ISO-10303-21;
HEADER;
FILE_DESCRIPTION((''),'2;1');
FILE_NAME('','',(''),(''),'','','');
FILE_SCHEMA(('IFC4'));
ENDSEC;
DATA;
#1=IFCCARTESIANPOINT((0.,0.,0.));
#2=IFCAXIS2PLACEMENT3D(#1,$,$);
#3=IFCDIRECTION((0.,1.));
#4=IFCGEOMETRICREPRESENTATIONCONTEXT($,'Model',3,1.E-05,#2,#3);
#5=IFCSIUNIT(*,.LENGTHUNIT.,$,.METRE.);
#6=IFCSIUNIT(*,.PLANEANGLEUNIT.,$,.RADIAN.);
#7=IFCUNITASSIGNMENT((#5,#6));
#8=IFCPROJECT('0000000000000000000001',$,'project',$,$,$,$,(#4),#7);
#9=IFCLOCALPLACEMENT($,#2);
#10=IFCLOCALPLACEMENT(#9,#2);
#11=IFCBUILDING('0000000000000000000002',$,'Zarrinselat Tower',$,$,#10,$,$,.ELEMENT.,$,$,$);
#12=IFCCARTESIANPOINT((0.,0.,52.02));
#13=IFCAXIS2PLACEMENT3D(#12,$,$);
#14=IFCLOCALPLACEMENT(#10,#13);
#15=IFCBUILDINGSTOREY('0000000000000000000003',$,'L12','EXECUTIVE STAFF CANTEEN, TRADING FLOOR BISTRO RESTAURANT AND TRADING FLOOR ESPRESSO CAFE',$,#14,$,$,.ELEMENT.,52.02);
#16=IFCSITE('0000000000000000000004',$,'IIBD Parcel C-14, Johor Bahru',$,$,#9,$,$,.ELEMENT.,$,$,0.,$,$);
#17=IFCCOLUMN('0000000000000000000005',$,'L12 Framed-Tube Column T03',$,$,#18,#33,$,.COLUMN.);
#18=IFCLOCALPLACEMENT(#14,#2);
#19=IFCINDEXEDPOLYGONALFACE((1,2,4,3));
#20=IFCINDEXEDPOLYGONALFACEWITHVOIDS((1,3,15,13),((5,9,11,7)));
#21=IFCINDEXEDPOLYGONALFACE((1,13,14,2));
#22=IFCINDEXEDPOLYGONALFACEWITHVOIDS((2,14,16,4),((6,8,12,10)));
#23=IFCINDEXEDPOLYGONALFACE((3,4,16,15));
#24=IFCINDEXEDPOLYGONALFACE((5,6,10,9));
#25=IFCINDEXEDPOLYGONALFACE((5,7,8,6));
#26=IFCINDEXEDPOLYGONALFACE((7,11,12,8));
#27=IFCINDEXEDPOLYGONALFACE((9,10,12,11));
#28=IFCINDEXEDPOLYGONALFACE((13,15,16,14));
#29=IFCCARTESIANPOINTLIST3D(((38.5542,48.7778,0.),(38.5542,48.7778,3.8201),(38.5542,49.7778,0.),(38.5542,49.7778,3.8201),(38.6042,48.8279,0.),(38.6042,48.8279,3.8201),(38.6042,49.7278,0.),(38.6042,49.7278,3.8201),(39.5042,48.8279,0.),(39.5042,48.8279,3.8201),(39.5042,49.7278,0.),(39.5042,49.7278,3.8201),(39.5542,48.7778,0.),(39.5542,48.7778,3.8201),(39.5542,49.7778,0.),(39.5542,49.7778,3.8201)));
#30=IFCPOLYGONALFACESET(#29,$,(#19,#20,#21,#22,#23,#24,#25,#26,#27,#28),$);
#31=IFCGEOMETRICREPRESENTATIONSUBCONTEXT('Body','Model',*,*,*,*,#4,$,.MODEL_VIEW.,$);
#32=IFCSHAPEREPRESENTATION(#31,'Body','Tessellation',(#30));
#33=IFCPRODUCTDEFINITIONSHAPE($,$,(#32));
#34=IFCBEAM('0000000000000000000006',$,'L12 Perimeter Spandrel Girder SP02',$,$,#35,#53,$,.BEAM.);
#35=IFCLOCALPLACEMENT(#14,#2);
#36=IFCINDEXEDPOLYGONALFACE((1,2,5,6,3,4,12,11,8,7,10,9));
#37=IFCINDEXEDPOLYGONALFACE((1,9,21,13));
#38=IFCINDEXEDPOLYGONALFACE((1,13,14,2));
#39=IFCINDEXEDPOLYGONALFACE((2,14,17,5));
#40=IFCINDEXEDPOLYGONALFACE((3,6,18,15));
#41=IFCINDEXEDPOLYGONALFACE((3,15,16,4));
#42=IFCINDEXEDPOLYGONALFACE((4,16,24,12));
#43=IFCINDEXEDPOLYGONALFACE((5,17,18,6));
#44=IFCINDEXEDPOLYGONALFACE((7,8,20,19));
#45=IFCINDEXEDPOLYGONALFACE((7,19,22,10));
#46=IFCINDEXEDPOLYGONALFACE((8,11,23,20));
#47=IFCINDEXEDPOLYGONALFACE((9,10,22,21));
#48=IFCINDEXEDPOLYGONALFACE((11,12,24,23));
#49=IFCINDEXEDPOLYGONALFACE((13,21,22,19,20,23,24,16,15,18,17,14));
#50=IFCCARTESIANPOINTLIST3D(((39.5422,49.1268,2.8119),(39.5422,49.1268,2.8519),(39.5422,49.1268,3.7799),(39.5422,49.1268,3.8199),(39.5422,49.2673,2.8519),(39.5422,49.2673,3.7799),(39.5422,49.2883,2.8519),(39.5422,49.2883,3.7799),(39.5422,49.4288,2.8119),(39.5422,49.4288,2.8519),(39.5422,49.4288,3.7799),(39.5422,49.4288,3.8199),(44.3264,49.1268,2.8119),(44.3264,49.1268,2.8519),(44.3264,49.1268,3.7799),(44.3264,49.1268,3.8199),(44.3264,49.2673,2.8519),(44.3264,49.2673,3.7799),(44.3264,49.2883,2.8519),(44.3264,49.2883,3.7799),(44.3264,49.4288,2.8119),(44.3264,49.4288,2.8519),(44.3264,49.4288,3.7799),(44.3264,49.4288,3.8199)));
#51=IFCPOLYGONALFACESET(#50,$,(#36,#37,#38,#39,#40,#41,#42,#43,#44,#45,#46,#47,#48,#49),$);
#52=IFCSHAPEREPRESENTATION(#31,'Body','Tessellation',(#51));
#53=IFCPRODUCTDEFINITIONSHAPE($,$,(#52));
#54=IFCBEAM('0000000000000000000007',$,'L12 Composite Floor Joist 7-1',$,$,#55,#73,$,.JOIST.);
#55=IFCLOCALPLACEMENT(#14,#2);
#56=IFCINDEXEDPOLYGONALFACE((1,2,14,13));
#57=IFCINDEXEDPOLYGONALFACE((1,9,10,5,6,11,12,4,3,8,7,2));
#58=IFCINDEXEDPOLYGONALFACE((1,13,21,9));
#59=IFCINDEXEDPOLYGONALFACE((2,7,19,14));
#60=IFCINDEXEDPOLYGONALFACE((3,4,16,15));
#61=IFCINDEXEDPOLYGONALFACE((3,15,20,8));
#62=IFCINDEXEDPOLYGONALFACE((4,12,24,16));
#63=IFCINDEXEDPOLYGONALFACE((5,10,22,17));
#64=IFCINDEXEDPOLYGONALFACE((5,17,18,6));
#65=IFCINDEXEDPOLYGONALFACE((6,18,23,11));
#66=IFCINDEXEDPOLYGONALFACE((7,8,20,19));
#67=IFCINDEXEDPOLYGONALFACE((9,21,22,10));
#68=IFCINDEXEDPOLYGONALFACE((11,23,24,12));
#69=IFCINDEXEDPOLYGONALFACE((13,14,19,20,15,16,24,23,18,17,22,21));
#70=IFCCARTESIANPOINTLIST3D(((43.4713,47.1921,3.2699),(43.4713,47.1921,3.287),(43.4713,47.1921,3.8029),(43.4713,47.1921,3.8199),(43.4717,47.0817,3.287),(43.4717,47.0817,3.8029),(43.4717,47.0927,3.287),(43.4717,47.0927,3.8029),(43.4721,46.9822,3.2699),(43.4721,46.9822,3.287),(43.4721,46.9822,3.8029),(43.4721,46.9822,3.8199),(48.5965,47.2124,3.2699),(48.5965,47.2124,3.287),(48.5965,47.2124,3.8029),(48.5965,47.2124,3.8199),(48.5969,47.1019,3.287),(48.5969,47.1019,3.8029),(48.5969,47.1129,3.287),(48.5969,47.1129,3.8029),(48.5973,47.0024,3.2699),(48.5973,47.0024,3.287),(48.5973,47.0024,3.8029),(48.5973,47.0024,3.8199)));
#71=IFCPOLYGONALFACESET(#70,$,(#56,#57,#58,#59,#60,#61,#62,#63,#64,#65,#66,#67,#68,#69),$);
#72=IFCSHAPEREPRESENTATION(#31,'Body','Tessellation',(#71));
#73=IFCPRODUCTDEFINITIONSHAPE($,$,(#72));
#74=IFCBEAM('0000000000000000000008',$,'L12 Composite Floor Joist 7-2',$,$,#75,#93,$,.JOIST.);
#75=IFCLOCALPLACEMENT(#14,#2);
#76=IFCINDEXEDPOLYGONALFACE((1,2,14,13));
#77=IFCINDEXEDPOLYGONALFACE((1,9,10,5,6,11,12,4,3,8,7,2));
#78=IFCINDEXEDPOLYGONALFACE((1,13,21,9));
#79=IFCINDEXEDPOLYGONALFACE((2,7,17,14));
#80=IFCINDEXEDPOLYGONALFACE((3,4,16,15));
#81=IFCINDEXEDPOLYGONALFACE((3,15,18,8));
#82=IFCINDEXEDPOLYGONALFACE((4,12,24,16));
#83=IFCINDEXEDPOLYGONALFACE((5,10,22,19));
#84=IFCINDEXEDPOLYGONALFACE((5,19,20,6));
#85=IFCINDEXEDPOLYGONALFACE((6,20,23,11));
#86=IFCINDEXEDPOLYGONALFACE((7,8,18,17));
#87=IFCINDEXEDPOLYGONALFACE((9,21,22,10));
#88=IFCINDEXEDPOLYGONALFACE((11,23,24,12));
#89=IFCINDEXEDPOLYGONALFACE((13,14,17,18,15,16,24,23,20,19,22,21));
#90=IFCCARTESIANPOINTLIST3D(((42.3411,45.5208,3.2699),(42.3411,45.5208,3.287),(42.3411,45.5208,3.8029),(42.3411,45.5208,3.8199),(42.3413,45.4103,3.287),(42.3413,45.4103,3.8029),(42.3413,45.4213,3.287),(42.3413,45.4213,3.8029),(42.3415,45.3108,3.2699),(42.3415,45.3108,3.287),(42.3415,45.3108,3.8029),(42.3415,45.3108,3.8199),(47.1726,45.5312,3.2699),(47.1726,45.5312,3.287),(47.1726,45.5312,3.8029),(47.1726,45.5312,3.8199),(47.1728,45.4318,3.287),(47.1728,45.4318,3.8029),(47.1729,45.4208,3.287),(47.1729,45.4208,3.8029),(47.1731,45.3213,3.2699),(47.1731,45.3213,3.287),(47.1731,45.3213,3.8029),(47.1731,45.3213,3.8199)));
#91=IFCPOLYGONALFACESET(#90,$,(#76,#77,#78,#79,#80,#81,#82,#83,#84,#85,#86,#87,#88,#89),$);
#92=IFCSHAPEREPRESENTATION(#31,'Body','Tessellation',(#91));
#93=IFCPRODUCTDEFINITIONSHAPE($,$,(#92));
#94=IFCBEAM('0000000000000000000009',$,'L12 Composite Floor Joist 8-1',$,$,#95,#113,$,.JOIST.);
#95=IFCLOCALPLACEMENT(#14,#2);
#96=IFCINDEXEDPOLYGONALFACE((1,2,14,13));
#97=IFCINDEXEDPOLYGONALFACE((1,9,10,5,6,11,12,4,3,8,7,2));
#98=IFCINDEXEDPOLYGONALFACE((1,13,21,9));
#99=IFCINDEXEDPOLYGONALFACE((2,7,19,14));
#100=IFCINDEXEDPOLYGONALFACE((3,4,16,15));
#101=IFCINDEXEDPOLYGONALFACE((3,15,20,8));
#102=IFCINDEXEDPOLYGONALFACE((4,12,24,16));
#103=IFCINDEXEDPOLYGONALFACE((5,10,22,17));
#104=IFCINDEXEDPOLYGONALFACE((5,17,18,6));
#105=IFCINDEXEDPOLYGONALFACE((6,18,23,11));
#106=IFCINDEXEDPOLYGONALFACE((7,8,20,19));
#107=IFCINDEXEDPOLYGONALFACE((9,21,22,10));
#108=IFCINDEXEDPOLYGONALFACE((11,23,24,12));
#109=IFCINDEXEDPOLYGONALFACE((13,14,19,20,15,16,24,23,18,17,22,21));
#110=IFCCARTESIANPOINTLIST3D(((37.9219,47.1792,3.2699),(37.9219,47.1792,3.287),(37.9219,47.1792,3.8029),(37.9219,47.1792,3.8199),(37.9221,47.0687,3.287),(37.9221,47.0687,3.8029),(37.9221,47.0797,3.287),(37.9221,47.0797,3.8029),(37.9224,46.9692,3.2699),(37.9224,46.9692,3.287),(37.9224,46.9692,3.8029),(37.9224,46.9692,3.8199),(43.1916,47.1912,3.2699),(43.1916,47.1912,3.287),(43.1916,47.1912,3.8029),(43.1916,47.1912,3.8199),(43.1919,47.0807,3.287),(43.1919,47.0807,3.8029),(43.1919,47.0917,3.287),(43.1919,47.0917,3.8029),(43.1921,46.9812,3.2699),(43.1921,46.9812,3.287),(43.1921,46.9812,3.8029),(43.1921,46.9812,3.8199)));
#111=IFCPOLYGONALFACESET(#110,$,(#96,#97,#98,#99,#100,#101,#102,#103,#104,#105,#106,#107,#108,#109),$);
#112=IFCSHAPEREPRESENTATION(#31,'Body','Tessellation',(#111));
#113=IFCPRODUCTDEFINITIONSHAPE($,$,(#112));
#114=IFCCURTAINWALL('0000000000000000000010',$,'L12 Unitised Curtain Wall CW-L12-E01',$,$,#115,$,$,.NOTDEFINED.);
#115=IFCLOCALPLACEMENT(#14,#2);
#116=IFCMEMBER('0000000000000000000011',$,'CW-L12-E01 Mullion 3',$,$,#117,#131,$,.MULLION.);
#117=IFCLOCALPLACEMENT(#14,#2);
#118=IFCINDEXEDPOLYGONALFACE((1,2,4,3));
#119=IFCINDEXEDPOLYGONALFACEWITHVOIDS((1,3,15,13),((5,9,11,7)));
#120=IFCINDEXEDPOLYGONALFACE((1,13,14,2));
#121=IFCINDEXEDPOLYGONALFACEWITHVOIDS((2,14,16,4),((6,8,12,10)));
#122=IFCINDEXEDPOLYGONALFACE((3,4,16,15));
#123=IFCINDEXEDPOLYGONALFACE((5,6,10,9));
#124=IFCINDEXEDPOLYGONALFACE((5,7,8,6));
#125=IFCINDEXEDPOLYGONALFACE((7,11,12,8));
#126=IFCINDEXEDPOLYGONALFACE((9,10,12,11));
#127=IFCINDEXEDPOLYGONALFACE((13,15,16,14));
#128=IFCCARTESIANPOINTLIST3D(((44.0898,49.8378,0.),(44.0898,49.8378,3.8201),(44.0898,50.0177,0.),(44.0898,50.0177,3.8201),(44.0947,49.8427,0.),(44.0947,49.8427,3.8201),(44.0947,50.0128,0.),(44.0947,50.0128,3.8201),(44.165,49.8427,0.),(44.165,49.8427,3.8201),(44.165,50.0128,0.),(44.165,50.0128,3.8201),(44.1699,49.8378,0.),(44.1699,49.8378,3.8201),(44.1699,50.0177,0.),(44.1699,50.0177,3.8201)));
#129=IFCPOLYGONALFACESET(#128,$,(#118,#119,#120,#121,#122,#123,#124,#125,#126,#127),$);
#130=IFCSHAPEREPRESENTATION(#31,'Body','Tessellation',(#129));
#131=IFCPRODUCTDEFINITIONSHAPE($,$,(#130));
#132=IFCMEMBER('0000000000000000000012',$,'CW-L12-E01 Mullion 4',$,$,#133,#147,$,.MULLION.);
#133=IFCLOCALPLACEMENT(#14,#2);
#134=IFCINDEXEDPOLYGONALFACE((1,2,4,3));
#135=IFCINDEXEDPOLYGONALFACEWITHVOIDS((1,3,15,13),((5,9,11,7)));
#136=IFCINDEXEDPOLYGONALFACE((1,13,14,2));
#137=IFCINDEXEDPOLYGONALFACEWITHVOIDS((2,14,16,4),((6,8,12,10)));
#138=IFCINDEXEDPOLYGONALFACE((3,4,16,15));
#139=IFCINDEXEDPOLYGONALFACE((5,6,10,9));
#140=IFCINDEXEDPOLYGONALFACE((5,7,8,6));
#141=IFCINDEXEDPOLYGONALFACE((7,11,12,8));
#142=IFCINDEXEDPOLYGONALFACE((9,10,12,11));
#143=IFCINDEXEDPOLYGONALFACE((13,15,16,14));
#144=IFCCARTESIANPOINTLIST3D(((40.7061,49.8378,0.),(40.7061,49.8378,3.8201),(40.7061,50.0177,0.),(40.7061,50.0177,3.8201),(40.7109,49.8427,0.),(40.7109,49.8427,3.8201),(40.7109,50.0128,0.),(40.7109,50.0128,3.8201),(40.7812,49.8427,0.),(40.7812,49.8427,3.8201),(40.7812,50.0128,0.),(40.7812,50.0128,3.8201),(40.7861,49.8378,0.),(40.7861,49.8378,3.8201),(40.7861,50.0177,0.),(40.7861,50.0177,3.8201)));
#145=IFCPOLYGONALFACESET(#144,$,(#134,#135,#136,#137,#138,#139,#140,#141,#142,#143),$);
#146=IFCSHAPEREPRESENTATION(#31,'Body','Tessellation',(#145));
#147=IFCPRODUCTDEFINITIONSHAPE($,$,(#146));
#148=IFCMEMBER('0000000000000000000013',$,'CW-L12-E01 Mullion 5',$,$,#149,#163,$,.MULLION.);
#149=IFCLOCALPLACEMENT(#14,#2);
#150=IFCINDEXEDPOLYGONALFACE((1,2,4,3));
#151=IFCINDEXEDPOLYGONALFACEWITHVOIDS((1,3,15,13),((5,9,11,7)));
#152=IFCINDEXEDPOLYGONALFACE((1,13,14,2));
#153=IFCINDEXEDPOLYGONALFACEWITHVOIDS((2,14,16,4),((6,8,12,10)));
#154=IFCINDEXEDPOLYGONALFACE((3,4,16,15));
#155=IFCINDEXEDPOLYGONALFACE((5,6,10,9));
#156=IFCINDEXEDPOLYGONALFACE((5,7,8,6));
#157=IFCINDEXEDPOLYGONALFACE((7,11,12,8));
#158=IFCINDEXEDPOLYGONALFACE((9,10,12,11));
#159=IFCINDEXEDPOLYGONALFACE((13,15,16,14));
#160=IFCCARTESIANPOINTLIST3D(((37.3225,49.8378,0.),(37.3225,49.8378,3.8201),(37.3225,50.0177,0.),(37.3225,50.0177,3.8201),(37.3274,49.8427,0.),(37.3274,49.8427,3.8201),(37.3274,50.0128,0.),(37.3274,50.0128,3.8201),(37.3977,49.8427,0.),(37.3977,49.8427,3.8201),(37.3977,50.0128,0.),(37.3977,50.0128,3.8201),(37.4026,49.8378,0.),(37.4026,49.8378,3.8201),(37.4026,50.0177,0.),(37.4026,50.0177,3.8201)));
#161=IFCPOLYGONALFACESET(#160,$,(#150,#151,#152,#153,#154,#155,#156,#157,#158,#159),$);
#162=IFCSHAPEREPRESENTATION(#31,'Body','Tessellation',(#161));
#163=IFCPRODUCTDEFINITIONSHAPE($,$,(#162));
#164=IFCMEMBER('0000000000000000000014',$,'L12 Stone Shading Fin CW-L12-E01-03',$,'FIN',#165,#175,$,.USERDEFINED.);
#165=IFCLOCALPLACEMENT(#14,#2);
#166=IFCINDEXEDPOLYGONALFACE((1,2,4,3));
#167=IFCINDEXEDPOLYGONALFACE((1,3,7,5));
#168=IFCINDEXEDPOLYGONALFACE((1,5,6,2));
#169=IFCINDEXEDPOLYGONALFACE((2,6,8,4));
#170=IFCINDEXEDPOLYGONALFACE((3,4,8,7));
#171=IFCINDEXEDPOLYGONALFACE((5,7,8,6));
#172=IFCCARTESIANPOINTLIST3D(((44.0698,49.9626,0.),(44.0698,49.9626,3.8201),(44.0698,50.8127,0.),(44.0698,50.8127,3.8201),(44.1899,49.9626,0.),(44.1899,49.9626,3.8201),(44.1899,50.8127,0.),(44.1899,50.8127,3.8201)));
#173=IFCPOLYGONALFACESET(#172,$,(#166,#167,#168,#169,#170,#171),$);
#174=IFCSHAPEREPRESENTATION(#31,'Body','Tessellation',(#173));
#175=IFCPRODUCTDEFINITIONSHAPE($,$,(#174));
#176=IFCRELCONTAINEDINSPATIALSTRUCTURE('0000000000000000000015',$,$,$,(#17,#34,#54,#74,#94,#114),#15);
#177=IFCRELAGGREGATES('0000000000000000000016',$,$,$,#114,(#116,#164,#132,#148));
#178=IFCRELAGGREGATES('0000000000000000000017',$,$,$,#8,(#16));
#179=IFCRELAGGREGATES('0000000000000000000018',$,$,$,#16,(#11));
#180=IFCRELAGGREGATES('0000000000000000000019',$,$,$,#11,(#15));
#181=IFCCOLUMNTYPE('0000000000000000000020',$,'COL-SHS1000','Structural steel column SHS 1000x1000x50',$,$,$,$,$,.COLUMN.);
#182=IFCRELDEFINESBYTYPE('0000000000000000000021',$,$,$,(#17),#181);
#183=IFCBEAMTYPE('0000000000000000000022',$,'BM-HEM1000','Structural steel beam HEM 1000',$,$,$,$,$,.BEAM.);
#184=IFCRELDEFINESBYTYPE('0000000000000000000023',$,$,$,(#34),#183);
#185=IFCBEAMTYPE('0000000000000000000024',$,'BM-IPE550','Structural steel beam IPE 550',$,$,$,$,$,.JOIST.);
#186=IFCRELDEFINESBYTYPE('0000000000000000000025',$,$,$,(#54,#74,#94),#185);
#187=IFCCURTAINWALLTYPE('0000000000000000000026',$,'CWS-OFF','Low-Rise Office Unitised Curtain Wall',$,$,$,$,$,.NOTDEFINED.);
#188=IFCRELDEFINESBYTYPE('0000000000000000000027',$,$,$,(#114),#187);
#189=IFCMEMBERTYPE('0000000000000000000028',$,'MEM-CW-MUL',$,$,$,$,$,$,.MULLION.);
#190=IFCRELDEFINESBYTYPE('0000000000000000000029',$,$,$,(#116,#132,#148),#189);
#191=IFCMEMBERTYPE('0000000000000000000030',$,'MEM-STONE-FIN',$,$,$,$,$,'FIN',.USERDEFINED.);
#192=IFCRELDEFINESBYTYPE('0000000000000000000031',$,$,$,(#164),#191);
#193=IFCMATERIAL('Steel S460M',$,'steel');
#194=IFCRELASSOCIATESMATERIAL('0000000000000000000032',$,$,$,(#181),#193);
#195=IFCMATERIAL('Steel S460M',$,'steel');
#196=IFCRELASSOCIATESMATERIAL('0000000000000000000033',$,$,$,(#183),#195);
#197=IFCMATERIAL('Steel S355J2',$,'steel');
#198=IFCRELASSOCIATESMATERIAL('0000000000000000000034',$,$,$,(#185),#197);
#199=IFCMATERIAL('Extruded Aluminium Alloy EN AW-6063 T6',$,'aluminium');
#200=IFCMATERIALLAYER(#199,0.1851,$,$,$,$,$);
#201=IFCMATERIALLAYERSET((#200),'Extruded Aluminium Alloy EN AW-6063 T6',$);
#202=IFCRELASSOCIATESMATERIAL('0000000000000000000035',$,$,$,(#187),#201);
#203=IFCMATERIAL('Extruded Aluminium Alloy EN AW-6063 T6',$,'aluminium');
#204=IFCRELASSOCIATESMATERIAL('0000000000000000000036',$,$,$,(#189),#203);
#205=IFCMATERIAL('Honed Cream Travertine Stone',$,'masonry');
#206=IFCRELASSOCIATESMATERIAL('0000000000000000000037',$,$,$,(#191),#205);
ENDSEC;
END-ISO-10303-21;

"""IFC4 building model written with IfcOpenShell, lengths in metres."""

from ifc_helpers import new_model, si_unit, direction, frame, origin, origin_2d, place, context, subcontext, project, spatial, rectangle, hollow_rectangle, i_section, extrude, material, layer, layer_set, material_profile, profile_set, type_object, element, aggregate, save


model = new_model("IFC4")

# Units and contexts
model_context = context("Model", 3, precision=1e-05, world=origin(), true_north=direction((0.0, 1.0)))
body_context = subcontext(model_context, "Body", "Model", "MODEL_VIEW")
ifc_project = project(units=[si_unit("LENGTHUNIT", "METRE"), si_unit("PLANEANGLEUNIT", "RADIAN")], contexts=[model_context])

# Site, building, storey
site_placement = place(None, origin())
site = spatial("IfcSite", under=ifc_project, at=site_placement, Name="IIBD Parcel C-14, Johor Bahru", CompositionType="ELEMENT", RefElevation=0.0)
building_placement = place(site_placement, origin())
building = spatial("IfcBuilding", under=site, at=building_placement, Name="Zarrinselat Tower", CompositionType="ELEMENT")
storey_placement = place(building_placement, frame((0.0, 0.0, 52.02)))
storey = spatial("IfcBuildingStorey", under=building, at=storey_placement, Name="L12", Description="EXECUTIVE STAFF CANTEEN, TRADING FLOOR BISTRO RESTAURANT AND TRADING FLOOR ESPRESSO CAFE", CompositionType="ELEMENT", Elevation=52.02)

# Column
ifc_material_1 = material(Name="Steel S460M", Category="steel")
ifc_material_profile_1 = material_profile(ifc_material_1, hollow_rectangle(XDim=1.0, YDim=1.0, WallThickness=0.05, at=origin_2d()), Name="SHS 1000x1000x50")
ifc_profile_set_1 = profile_set([ifc_material_profile_1], Name="Steel S460M")
column_type = type_object("IfcColumnType", Name="COL-SHS1000", Description="Structural steel column SHS 1000x1000x50", PredefinedType="COLUMN", material=ifc_profile_set_1)
column_placement = place(storey_placement, frame((39.0542, 49.2778, 0.0), z_axis=(0.0, 0.0, 1.0), x_axis=(1.0, 0.0, 0.0)))
element("IfcColumn", 1, at=column_placement, inside=storey, type_object=column_type, Name="L12 Framed-Tube Column T03", PredefinedType="COLUMN", context=body_context, shape_type="SweptSolid", body=[
    extrude(hollow_rectangle(XDim=1.0, YDim=1.0, WallThickness=0.05, at=origin_2d()), origin(), (0.0, 0.0, 1.0), 3.8201),
])

# Beams
ifc_material_2 = material(Name="Steel S460M", Category="steel")
ifc_material_profile_2 = material_profile(ifc_material_2, i_section(OverallWidth=0.302, OverallDepth=1.0081, WebThickness=0.021, FlangeThickness=0.04, at=origin_2d()), Name="HEM 1000")
ifc_profile_set_2 = profile_set([ifc_material_profile_2], Name="Steel S460M")
beam_type_1 = type_object("IfcBeamType", Name="BM-HEM1000", Description="Structural steel beam HEM 1000", PredefinedType="BEAM", material=ifc_profile_set_2)
beam_1_placement = place(storey_placement, frame((39.5422, 49.2778, 3.3159), z_axis=(1.0, 0.0, 0.0), x_axis=(0.0, 1.0, 0.0)))
element("IfcBeam", 2, at=beam_1_placement, inside=storey, type_object=beam_type_1, Name="L12 Perimeter Spandrel Girder SP02", PredefinedType="BEAM", context=body_context, shape_type="SweptSolid", body=[
    extrude(i_section(OverallWidth=0.302, OverallDepth=1.0081, WebThickness=0.021, FlangeThickness=0.04, at=origin_2d()), origin(), (0.0, 0.0, 1.0), 4.7842),
])
ifc_material_3 = material(Name="Steel S355J2", Category="steel")
ifc_material_profile_3 = material_profile(ifc_material_3, i_section(OverallWidth=0.21, OverallDepth=0.55, WebThickness=0.011, FlangeThickness=0.0171, at=origin_2d()), Name="IPE 550")
ifc_profile_set_3 = profile_set([ifc_material_profile_3], Name="Steel S355J2")
beam_type_2 = type_object("IfcBeamType", Name="BM-IPE550", Description="Structural steel beam IPE 550", PredefinedType="JOIST", material=ifc_profile_set_3)
beam_2_placement = place(storey_placement, frame((43.4717, 47.0872, 3.5449), z_axis=(0.999992, 0.003954, 0.0), x_axis=(-0.003954, 0.999992, 0.0)))
element("IfcBeam", 3, at=beam_2_placement, inside=storey, type_object=beam_type_2, Name="L12 Composite Floor Joist 7-1", PredefinedType="JOIST", context=body_context, shape_type="SweptSolid", body=[
    extrude(i_section(OverallWidth=0.21, OverallDepth=0.55, WebThickness=0.011, FlangeThickness=0.0171, at=origin_2d()), origin(), (0.0, 0.0, 1.0), 5.1252),
])
beam_3_placement = place(storey_placement, frame((42.3413, 45.4158, 3.5449), z_axis=(0.999998, 0.002173, 0.0), x_axis=(-0.002173, 0.999998, 0.0)))
element("IfcBeam", 4, at=beam_3_placement, inside=storey, type_object=beam_type_2, Name="L12 Composite Floor Joist 7-2", PredefinedType="JOIST", context=body_context, shape_type="SweptSolid", body=[
    extrude(i_section(OverallWidth=0.21, OverallDepth=0.55, WebThickness=0.011, FlangeThickness=0.0171, at=origin_2d()), origin(), (0.0, 0.0, 1.0), 4.8315),
])
beam_4_placement = place(storey_placement, frame((37.9221, 47.0742, 3.5449), z_axis=(0.999997, 0.00227, 0.0), x_axis=(-0.00227, 0.999997, 0.0)))
element("IfcBeam", 5, at=beam_4_placement, inside=storey, type_object=beam_type_2, Name="L12 Composite Floor Joist 8-1", PredefinedType="JOIST", context=body_context, shape_type="SweptSolid", body=[
    extrude(i_section(OverallWidth=0.21, OverallDepth=0.55, WebThickness=0.011, FlangeThickness=0.0171, at=origin_2d()), origin(), (0.0, 0.0, 1.0), 5.2698),
])

# Curtain wall, members
ifc_material_4 = material(Name="Extruded Aluminium Alloy EN AW-6063 T6", Category="aluminium")
ifc_layer_1 = layer(ifc_material_4, 0.1851)
ifc_layer_set_1 = layer_set([ifc_layer_1], Name="Extruded Aluminium Alloy EN AW-6063 T6")
curtain_wall_type = type_object("IfcCurtainWallType", Name="CWS-OFF", Description="Low-Rise Office Unitised Curtain Wall", PredefinedType="NOTDEFINED", material=ifc_layer_set_1)
curtain_wall_placement = place(storey_placement, origin())
curtain_wall = element("IfcCurtainWall", 6, at=curtain_wall_placement, inside=storey, type_object=curtain_wall_type, Name="L12 Unitised Curtain Wall CW-L12-E01", PredefinedType="NOTDEFINED")
ifc_material_5 = material(Name="Extruded Aluminium Alloy EN AW-6063 T6", Category="aluminium")
ifc_material_profile_4 = material_profile(ifc_material_5, hollow_rectangle(XDim=0.0801, YDim=0.1799, WallThickness=0.0049, at=origin_2d()), Name="RHS 180x80x5")
ifc_profile_set_4 = profile_set([ifc_material_profile_4], Name="Extruded Aluminium Alloy EN AW-6063 T6")
member_type_1 = type_object("IfcMemberType", Name="MEM-CW-MUL", PredefinedType="MULLION", material=ifc_profile_set_4)
member_1_placement = place(storey_placement, frame((44.1299, 49.9277, 0.0), z_axis=(0.0, 0.0, 1.0), x_axis=(-1.0, 0.0, 0.0)))
member_1 = element("IfcMember", 7, at=member_1_placement, type_object=member_type_1, Name="CW-L12-E01 Mullion 3", PredefinedType="MULLION", context=body_context, shape_type="SweptSolid", body=[
    extrude(hollow_rectangle(XDim=0.0801, YDim=0.1799, WallThickness=0.0049, at=origin_2d()), origin(), (0.0, 0.0, 1.0), 3.8201),
])
member_2_placement = place(storey_placement, frame((40.7461, 49.9277, 0.0), z_axis=(0.0, 0.0, 1.0), x_axis=(-1.0, 0.0, 0.0)))
member_2 = element("IfcMember", 8, at=member_2_placement, type_object=member_type_1, Name="CW-L12-E01 Mullion 4", PredefinedType="MULLION", context=body_context, shape_type="SweptSolid", body=[
    extrude(hollow_rectangle(XDim=0.0801, YDim=0.1799, WallThickness=0.0049, at=origin_2d()), origin(), (0.0, 0.0, 1.0), 3.8201),
])
member_3_placement = place(storey_placement, frame((37.3625, 49.9277, 0.0), z_axis=(0.0, 0.0, 1.0), x_axis=(-1.0, 0.0, 0.0)))
member_3 = element("IfcMember", 9, at=member_3_placement, type_object=member_type_1, Name="CW-L12-E01 Mullion 5", PredefinedType="MULLION", context=body_context, shape_type="SweptSolid", body=[
    extrude(hollow_rectangle(XDim=0.0801, YDim=0.1799, WallThickness=0.0049, at=origin_2d()), origin(), (0.0, 0.0, 1.0), 3.8201),
])
ifc_material_6 = material(Name="Honed Cream Travertine Stone", Category="masonry")
ifc_material_profile_5 = material_profile(ifc_material_6, rectangle(XDim=0.1201, YDim=0.8501, at=origin_2d()), Name="FIN 850x120")
ifc_profile_set_5 = profile_set([ifc_material_profile_5], Name="Honed Cream Travertine Stone")
member_type_2 = type_object("IfcMemberType", Name="MEM-STONE-FIN", ElementType="FIN", PredefinedType="USERDEFINED", material=ifc_profile_set_5)
member_4_placement = place(storey_placement, frame((44.1299, 50.3877, 0.0), z_axis=(0.0, 0.0, 1.0), x_axis=(1.0, 0.0, 0.0)))
member_4 = element("IfcMember", 10, at=member_4_placement, type_object=member_type_2, Name="L12 Stone Shading Fin CW-L12-E01-03", ObjectType="FIN", PredefinedType="USERDEFINED", context=body_context, shape_type="SweptSolid", body=[
    extrude(rectangle(XDim=0.1201, YDim=0.8501, at=origin_2d()), origin(), (0.0, 0.0, 1.0), 3.8201),
])
aggregate(curtain_wall, [member_1, member_4, member_2, member_3])

save(model, "model.ifc")
